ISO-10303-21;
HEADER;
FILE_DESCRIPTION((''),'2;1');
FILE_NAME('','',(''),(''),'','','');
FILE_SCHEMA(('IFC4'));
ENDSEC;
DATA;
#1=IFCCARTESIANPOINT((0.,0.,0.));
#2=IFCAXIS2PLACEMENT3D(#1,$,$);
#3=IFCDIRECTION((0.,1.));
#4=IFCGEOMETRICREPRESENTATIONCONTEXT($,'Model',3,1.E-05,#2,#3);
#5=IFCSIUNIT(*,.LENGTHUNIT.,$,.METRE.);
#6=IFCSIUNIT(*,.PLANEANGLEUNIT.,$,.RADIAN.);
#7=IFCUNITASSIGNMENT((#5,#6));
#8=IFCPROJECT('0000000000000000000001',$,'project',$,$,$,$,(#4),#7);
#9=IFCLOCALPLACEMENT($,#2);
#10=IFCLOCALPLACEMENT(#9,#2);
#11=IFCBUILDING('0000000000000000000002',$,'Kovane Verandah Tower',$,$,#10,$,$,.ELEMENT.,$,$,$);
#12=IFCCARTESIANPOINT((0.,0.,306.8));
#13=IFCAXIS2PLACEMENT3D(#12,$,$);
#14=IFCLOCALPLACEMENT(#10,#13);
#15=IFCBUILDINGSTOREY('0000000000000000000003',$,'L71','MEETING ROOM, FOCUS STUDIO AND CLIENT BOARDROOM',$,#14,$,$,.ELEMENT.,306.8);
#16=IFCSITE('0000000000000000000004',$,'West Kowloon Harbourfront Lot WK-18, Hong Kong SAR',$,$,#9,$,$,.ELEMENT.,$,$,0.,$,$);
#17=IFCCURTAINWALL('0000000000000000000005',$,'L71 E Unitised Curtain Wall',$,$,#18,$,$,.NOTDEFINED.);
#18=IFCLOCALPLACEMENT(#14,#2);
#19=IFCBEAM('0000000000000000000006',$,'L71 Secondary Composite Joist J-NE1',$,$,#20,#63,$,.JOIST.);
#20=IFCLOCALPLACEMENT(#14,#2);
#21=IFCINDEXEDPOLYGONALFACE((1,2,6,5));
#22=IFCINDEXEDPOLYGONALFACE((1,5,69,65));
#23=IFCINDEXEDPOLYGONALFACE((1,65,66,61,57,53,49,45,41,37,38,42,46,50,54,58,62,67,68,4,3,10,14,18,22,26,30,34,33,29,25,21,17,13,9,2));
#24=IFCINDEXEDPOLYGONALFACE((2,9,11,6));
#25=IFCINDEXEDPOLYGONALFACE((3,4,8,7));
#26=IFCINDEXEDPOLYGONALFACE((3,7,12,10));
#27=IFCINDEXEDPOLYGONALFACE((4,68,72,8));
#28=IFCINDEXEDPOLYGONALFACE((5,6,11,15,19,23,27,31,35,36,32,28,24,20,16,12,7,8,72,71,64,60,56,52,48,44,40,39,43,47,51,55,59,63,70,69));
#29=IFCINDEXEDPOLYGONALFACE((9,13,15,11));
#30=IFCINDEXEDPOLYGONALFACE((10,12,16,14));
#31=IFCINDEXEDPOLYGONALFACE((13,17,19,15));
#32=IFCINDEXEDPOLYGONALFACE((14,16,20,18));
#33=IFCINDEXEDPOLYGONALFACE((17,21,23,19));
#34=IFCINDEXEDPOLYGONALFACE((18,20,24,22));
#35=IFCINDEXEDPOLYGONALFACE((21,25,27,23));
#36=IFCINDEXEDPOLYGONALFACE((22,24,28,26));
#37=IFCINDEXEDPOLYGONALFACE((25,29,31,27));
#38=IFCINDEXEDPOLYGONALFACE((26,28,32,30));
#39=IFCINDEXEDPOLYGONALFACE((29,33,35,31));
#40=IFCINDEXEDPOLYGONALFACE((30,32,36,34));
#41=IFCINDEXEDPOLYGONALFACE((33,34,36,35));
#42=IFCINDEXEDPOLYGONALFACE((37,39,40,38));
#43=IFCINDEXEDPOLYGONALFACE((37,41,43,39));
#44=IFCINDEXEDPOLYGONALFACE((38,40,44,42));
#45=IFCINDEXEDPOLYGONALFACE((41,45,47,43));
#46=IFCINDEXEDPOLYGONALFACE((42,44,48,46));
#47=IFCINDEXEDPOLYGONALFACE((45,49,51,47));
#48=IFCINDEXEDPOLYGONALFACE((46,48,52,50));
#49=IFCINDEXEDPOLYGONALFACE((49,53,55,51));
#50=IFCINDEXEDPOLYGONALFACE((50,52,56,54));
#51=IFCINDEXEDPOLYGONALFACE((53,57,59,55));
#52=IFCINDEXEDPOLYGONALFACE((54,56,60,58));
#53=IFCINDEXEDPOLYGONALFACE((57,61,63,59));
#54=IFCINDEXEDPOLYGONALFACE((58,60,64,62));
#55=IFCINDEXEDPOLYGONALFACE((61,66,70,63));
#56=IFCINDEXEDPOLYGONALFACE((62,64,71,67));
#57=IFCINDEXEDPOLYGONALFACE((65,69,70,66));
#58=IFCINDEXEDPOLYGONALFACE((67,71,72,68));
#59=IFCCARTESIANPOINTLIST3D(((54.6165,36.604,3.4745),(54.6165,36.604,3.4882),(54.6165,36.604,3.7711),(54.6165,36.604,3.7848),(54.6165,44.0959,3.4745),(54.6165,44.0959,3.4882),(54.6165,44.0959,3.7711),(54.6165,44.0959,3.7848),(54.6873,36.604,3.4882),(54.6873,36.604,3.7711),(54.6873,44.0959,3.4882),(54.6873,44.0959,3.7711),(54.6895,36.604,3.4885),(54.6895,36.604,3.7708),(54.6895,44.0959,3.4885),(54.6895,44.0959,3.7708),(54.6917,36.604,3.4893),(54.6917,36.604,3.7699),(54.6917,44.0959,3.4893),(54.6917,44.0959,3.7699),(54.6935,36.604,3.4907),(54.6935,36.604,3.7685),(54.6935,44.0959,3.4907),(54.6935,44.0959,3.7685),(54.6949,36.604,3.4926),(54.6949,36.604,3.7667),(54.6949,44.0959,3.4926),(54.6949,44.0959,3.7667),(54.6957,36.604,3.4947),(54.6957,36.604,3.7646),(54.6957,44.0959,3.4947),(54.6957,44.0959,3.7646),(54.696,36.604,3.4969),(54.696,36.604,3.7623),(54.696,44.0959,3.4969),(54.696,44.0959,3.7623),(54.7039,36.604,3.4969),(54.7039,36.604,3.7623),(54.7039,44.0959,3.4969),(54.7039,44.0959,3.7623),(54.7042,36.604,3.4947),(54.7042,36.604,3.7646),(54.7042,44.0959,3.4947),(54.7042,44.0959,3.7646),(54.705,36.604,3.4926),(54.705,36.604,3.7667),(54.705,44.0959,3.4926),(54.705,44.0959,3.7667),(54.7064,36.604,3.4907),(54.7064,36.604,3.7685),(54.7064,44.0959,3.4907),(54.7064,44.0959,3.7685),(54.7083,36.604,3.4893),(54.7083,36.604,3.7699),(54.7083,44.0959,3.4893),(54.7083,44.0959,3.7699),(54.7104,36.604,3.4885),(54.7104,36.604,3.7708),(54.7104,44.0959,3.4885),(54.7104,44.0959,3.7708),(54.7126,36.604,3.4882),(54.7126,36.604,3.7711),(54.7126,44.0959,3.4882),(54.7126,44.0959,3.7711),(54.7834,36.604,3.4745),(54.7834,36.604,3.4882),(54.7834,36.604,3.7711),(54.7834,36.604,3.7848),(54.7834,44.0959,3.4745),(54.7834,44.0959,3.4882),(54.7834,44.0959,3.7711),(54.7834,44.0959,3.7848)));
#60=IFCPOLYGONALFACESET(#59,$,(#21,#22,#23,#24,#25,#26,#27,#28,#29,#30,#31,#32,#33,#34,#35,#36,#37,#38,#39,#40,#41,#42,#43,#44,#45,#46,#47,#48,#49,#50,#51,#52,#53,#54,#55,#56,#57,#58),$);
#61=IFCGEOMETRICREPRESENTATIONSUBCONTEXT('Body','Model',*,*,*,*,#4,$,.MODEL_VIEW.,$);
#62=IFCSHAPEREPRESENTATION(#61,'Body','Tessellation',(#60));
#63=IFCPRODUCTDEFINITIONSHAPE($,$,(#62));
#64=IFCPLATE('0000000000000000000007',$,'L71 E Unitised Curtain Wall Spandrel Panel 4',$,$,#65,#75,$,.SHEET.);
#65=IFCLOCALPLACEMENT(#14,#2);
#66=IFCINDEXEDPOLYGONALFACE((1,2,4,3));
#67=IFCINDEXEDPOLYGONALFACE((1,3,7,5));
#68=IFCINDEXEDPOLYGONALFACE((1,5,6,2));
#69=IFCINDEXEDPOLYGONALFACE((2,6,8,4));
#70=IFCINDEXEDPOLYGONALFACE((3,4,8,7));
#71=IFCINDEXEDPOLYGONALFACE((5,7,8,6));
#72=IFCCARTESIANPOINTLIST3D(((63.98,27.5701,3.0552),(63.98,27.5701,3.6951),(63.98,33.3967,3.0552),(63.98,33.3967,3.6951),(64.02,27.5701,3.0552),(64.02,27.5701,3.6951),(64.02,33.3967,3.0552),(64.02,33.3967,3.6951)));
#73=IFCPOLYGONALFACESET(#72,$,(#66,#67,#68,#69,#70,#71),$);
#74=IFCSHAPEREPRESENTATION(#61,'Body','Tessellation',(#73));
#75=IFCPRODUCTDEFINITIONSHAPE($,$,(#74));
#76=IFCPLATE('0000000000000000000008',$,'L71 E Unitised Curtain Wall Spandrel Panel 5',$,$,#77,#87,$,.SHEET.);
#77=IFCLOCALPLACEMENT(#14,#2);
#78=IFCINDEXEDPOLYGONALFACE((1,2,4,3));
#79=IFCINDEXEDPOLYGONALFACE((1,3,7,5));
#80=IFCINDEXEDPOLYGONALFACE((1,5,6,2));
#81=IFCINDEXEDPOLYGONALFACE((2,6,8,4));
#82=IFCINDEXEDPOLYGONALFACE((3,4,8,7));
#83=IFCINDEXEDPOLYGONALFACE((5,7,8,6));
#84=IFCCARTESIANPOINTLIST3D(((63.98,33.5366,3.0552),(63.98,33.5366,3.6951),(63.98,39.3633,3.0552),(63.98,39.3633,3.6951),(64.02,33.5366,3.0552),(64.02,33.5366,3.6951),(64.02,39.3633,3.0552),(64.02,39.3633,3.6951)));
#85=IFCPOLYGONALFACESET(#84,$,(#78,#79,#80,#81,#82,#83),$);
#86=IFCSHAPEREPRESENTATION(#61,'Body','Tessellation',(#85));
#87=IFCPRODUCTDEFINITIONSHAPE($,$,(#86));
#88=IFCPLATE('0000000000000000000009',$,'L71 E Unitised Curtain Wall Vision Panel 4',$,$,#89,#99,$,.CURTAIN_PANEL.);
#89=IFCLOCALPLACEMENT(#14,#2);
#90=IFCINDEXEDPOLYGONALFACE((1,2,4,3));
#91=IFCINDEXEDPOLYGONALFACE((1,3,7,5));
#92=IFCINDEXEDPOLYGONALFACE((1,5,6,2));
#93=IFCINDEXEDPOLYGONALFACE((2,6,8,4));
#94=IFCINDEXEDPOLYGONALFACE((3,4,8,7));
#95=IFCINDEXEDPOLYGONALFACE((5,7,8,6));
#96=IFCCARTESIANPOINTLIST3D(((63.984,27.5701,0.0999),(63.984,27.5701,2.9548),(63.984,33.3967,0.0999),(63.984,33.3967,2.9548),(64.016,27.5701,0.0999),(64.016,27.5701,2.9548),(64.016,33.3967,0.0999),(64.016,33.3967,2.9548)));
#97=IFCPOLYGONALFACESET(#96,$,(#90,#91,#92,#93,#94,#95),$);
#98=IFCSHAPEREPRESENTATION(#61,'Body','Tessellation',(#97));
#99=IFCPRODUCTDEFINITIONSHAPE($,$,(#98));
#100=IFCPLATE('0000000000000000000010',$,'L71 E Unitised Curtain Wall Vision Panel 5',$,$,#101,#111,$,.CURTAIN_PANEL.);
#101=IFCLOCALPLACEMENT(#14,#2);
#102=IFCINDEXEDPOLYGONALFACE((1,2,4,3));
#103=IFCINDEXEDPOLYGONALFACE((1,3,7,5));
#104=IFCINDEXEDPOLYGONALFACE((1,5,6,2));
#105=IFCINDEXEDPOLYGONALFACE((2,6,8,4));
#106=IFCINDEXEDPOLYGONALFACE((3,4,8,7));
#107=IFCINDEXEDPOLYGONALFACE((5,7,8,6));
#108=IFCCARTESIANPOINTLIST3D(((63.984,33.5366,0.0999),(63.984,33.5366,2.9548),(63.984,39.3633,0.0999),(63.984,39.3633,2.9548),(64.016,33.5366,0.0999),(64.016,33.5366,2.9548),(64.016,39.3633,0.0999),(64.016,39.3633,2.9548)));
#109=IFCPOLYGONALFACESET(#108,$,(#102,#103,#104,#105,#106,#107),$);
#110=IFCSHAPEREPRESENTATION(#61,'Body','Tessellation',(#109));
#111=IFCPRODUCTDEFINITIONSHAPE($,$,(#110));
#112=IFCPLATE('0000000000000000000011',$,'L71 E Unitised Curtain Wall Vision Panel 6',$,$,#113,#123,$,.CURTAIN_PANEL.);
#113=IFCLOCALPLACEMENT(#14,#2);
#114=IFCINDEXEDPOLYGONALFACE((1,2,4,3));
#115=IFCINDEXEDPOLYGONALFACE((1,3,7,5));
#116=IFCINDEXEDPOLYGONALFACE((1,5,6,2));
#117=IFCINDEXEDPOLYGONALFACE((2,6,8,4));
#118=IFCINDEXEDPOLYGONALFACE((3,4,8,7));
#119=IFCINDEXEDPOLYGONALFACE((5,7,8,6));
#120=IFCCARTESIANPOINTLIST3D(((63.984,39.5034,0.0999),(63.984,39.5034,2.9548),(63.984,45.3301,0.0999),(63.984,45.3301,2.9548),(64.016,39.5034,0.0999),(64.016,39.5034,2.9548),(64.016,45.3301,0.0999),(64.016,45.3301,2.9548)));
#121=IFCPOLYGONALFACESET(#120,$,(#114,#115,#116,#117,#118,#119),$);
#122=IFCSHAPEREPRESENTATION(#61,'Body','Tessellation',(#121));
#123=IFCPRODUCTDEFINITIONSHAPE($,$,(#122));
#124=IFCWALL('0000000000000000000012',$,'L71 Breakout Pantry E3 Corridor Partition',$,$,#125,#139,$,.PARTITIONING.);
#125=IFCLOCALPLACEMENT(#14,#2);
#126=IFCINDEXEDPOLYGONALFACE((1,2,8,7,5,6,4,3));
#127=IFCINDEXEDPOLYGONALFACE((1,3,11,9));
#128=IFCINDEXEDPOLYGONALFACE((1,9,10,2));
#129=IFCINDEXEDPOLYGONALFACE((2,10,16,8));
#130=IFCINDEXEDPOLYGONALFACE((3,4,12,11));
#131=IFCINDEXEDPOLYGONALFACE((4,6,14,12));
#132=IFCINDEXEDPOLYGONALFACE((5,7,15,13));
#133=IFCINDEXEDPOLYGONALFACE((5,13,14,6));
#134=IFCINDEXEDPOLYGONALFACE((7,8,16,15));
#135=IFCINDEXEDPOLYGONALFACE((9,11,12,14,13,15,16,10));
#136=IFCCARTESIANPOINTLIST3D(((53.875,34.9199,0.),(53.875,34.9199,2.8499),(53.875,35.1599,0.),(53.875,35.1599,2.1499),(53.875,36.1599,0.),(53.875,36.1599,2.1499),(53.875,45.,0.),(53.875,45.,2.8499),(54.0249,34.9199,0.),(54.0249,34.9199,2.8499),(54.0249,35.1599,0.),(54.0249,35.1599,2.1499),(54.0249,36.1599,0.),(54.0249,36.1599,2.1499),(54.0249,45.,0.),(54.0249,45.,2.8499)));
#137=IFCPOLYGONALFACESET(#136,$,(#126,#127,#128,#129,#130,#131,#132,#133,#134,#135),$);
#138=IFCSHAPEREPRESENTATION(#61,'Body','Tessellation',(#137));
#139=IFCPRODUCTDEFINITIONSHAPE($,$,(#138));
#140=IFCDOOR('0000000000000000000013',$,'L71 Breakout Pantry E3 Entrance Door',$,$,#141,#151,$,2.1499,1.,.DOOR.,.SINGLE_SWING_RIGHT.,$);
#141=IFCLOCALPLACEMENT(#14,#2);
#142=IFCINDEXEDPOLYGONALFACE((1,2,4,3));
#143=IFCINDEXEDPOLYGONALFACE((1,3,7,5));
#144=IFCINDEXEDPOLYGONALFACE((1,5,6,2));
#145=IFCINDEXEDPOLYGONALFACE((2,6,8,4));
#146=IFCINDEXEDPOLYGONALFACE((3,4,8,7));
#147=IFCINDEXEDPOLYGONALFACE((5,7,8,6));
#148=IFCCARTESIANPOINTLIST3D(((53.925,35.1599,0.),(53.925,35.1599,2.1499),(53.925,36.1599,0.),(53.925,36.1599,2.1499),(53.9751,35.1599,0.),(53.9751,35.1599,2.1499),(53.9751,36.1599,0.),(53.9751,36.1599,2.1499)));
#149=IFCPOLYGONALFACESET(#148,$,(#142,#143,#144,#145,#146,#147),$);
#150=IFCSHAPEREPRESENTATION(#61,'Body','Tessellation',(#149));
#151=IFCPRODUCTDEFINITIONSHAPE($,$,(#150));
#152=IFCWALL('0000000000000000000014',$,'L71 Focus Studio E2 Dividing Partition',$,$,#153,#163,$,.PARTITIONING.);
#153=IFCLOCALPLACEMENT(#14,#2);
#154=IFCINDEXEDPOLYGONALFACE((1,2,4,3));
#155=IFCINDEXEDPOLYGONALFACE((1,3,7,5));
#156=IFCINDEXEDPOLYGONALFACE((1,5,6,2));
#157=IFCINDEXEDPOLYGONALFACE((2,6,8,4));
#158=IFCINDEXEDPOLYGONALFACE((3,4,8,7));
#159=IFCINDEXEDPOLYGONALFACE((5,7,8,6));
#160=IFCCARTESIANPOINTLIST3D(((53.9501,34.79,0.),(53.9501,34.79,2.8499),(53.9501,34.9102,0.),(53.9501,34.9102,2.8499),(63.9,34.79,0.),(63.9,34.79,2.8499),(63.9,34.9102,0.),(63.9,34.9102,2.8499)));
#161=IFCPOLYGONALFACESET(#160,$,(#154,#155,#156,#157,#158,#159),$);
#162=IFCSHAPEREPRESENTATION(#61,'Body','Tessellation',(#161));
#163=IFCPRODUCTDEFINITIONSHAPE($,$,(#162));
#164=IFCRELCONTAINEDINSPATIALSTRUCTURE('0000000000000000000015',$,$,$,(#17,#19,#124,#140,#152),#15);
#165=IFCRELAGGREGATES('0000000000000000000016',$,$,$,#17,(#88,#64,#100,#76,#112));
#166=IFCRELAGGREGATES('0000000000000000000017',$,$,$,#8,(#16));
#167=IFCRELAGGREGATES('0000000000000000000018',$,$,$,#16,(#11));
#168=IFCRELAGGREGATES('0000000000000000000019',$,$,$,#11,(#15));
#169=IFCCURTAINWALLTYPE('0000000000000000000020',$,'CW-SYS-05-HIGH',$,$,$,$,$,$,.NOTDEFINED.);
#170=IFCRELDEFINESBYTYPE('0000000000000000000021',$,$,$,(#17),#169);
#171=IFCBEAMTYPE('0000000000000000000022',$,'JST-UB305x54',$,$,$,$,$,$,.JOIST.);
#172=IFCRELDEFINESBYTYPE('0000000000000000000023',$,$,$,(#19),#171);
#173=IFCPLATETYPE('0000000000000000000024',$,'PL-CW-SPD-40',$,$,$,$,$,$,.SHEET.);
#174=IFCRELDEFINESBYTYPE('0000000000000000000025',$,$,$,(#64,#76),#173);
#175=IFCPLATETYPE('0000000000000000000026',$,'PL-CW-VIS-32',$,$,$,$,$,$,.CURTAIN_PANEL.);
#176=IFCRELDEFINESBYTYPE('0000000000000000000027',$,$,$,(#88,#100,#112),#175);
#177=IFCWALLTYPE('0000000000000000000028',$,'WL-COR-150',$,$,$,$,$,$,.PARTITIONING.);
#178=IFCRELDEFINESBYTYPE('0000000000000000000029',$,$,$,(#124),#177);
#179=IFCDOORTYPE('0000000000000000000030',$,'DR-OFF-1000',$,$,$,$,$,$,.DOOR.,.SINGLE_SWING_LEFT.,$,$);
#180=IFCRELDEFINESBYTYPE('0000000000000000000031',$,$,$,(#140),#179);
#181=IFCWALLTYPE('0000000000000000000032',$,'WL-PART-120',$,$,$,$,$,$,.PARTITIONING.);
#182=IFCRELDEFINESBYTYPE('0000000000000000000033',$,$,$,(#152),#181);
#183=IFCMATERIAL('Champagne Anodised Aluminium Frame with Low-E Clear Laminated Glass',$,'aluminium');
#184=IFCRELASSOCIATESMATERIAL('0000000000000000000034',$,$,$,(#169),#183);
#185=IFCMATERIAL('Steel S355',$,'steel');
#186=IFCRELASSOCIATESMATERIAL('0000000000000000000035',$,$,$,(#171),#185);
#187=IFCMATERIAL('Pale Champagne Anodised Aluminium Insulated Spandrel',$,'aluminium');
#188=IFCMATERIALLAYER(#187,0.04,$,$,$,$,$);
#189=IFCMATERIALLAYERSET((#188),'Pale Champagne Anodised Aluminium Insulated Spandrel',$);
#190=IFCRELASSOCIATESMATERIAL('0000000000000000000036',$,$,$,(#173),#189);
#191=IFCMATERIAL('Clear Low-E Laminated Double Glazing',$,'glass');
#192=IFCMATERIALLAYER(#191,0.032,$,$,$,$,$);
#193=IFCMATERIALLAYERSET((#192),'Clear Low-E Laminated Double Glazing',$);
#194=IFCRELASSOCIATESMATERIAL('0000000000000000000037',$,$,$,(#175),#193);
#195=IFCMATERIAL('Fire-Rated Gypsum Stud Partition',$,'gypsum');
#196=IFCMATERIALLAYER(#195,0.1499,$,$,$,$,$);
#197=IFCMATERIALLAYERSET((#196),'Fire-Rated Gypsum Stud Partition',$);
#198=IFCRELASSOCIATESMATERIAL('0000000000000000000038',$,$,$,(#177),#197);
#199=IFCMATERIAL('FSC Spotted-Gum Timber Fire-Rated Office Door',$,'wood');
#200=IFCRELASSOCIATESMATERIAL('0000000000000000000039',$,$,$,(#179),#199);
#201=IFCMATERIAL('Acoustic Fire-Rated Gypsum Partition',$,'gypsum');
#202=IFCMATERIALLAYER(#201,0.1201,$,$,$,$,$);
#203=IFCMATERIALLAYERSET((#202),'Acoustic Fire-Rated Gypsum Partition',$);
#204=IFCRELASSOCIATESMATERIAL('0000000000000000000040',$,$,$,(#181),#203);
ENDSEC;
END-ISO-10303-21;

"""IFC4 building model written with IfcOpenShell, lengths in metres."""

from ifc_helpers import new_model, si_unit, direction, frame, frame_2d, origin, origin_2d, place, context, subcontext, project, spatial, rectangle, i_section, extrude, material, layer, layer_set, material_profile, profile_set, type_object, element, fill, aggregate, save


model = new_model("IFC4")

# Units and contexts
model_context = context("Model", 3, precision=1e-05, world=origin(), true_north=direction((0.0, 1.0)))
body_context = subcontext(model_context, "Body", "Model", "MODEL_VIEW")
ifc_project = project(units=[si_unit("LENGTHUNIT", "METRE"), si_unit("PLANEANGLEUNIT", "RADIAN")], contexts=[model_context])

# Site, building, storey
site_placement = place(None, origin())
site = spatial("IfcSite", under=ifc_project, at=site_placement, Name="West Kowloon Harbourfront Lot WK-18, Hong Kong SAR", CompositionType="ELEMENT", RefElevation=0.0)
building_placement = place(site_placement, origin())
building = spatial("IfcBuilding", under=site, at=building_placement, Name="Kovane Verandah Tower", CompositionType="ELEMENT")
storey_placement = place(building_placement, frame((0.0, 0.0, 306.8)))
storey = spatial("IfcBuildingStorey", under=building, at=storey_placement, Name="L71", Description="MEETING ROOM, FOCUS STUDIO AND CLIENT BOARDROOM", CompositionType="ELEMENT", Elevation=306.8)

# Shared definitions
ifc_material_1 = material(Name="Steel S355", Category="steel")

# Curtain wall
ifc_material_2 = material(Name="Champagne Anodised Aluminium Frame with Low-E Clear Laminated Glass", Category="aluminium")
curtain_wall_type = type_object("IfcCurtainWallType", Name="CW-SYS-05-HIGH", PredefinedType="NOTDEFINED", material=ifc_material_2)
curtain_wall_placement = place(storey_placement, origin())
curtain_wall = element("IfcCurtainWall", 1, at=curtain_wall_placement, inside=storey, type_object=curtain_wall_type, Name="L71 E Unitised Curtain Wall", PredefinedType="NOTDEFINED")

# Beam
ifc_material_profile_1 = material_profile(ifc_material_1, i_section(OverallWidth=0.167, OverallDepth=0.3103, WebThickness=0.0078, FlangeThickness=0.0137, FilletRadius=0.0088, at=origin_2d()), Name="UB305x165x54")
ifc_profile_set_1 = profile_set([ifc_material_profile_1], Name="Steel S355")
beam_type_1 = type_object("IfcBeamType", Name="JST-UB305x54", PredefinedType="JOIST", material=ifc_profile_set_1)
beam_1_placement = place(storey_placement, frame((54.7, 36.604, 3.6296), z_axis=(0.0, 1.0, 0.0), x_axis=(-1.0, 0.0, 0.0)))
element("IfcBeam", 2, at=beam_1_placement, inside=storey, type_object=beam_type_1, Name="L71 Secondary Composite Joist J-NE1", PredefinedType="JOIST", context=body_context, shape_type="SweptSolid", body=[
    extrude(i_section(OverallWidth=0.167, OverallDepth=0.3103, WebThickness=0.0078, FlangeThickness=0.0137, FilletRadius=0.0088, at=origin_2d()), origin(), (0.0, 0.0, 1.0), 7.4919),
])

# Plates
ifc_material_3 = material(Name="Pale Champagne Anodised Aluminium Insulated Spandrel", Category="aluminium")
ifc_layer_1 = layer(ifc_material_3, 0.04)
ifc_layer_set_1 = layer_set([ifc_layer_1], Name="Pale Champagne Anodised Aluminium Insulated Spandrel")
plate_type_1 = type_object("IfcPlateType", Name="PL-CW-SPD-40", PredefinedType="SHEET", material=ifc_layer_set_1)
plate_1_placement = place(storey_placement, frame((64.0, 30.4834, 3.0552), z_axis=(0.0, 0.0, 1.0), x_axis=(0.0, 1.0, 0.0)))
plate_1 = element("IfcPlate", 3, at=plate_1_placement, type_object=plate_type_1, Name="L71 E Unitised Curtain Wall Spandrel Panel 4", PredefinedType="SHEET", context=body_context, shape_type="SweptSolid", body=[
    extrude(rectangle(XDim=5.8267, YDim=0.04, at=origin_2d()), origin(), (0.0, 0.0, 1.0), 0.6399),
])
plate_2_placement = place(storey_placement, frame((64.0, 36.45, 3.0552), z_axis=(0.0, 0.0, 1.0), x_axis=(0.0, 1.0, 0.0)))
plate_2 = element("IfcPlate", 4, at=plate_2_placement, type_object=plate_type_1, Name="L71 E Unitised Curtain Wall Spandrel Panel 5", PredefinedType="SHEET", context=body_context, shape_type="SweptSolid", body=[
    extrude(rectangle(XDim=5.8267, YDim=0.04, at=origin_2d()), origin(), (0.0, 0.0, 1.0), 0.6399),
])
ifc_material_4 = material(Name="Clear Low-E Laminated Double Glazing", Category="glass")
ifc_layer_2 = layer(ifc_material_4, 0.032)
ifc_layer_set_2 = layer_set([ifc_layer_2], Name="Clear Low-E Laminated Double Glazing")
plate_type_2 = type_object("IfcPlateType", Name="PL-CW-VIS-32", PredefinedType="CURTAIN_PANEL", material=ifc_layer_set_2)
plate_3_placement = place(storey_placement, frame((64.0, 30.4834, 0.0999), z_axis=(0.0, 0.0, 1.0), x_axis=(0.0, 1.0, 0.0)))
plate_3 = element("IfcPlate", 5, at=plate_3_placement, type_object=plate_type_2, Name="L71 E Unitised Curtain Wall Vision Panel 4", PredefinedType="CURTAIN_PANEL", context=body_context, shape_type="SweptSolid", body=[
    extrude(rectangle(XDim=5.8267, YDim=0.032, at=origin_2d()), origin(), (0.0, 0.0, 1.0), 2.855),
])
plate_4_placement = place(storey_placement, frame((64.0, 36.45, 0.0999), z_axis=(0.0, 0.0, 1.0), x_axis=(0.0, 1.0, 0.0)))
plate_4 = element("IfcPlate", 6, at=plate_4_placement, type_object=plate_type_2, Name="L71 E Unitised Curtain Wall Vision Panel 5", PredefinedType="CURTAIN_PANEL", context=body_context, shape_type="SweptSolid", body=[
    extrude(rectangle(XDim=5.8267, YDim=0.032, at=origin_2d()), origin(), (0.0, 0.0, 1.0), 2.855),
])
plate_5_placement = place(storey_placement, frame((64.0, 42.4167, 0.0999), z_axis=(0.0, 0.0, 1.0), x_axis=(0.0, 1.0, 0.0)))
plate_5 = element("IfcPlate", 7, at=plate_5_placement, type_object=plate_type_2, Name="L71 E Unitised Curtain Wall Vision Panel 6", PredefinedType="CURTAIN_PANEL", context=body_context, shape_type="SweptSolid", body=[
    extrude(rectangle(XDim=5.8267, YDim=0.032, at=origin_2d()), origin(), (0.0, 0.0, 1.0), 2.855),
])
aggregate(curtain_wall, [plate_3, plate_1, plate_4, plate_2, plate_5])

# Wall, opening, door
ifc_material_5 = material(Name="Fire-Rated Gypsum Stud Partition", Category="gypsum")
ifc_layer_3 = layer(ifc_material_5, 0.1499)
ifc_layer_set_3 = layer_set([ifc_layer_3], Name="Fire-Rated Gypsum Stud Partition")
wall_type_1 = type_object("IfcWallType", Name="WL-COR-150", PredefinedType="PARTITIONING", material=ifc_layer_set_3)
wall_1_placement = place(storey_placement, frame((53.95, 34.9199, 0.0), z_axis=(0.0, 0.0, 1.0), x_axis=(0.0, 1.0, 0.0)))
wall_1 = element("IfcWall", 8, at=wall_1_placement, inside=storey, type_object=wall_type_1, Name="L71 Breakout Pantry E3 Corridor Partition", PredefinedType="PARTITIONING", context=body_context, shape_type="SweptSolid", body=[
    extrude(rectangle(XDim=10.0801, YDim=0.1499, at=frame_2d((5.04, 0.0))), origin(), (0.0, 0.0, 1.0), 2.8499),
])
opening_placement = place(wall_1_placement, frame((0.24, 0.0, 0.0)))
opening = element("IfcOpeningElement", 9, at=opening_placement, cuts=wall_1, PredefinedType="OPENING", context=body_context, shape_type="SweptSolid", body=[
    extrude(rectangle(XDim=1.0, YDim=2.1499, at=frame_2d((0.5, 1.075))), frame((0.0, 0.075, 0.0), z_axis=(0.0, -1.0, 0.0), x_axis=(1.0, 0.0, 0.0)), (0.0, 0.0, 1.0), 0.1499),
])
ifc_material_6 = material(Name="FSC Spotted-Gum Timber Fire-Rated Office Door", Category="wood")
door_type = type_object("IfcDoorType", Name="DR-OFF-1000", OperationType="SINGLE_SWING_LEFT", PredefinedType="DOOR", material=ifc_material_6)
door_placement = place(opening_placement, origin())
door = element("IfcDoor", 10, at=door_placement, inside=storey, type_object=door_type, Name="L71 Breakout Pantry E3 Entrance Door", OperationType="SINGLE_SWING_RIGHT", OverallHeight=2.1499, OverallWidth=1.0, PredefinedType="DOOR", context=body_context, shape_type="SweptSolid", body=[
    extrude(rectangle(XDim=1.0, YDim=2.1499, at=frame_2d((0.5, 1.075))), frame((0.0, 0.0249, 0.0), z_axis=(0.0, -1.0, 0.0), x_axis=(1.0, 0.0, 0.0)), (0.0, 0.0, 1.0), 0.05),
])
fill(opening, door)

# Wall
ifc_material_7 = material(Name="Acoustic Fire-Rated Gypsum Partition", Category="gypsum")
ifc_layer_4 = layer(ifc_material_7, 0.1201)
ifc_layer_set_4 = layer_set([ifc_layer_4], Name="Acoustic Fire-Rated Gypsum Partition")
wall_type_2 = type_object("IfcWallType", Name="WL-PART-120", PredefinedType="PARTITIONING", material=ifc_layer_set_4)
wall_2_placement = place(storey_placement, frame((53.95, 34.8501, 0.0), z_axis=(0.0, 0.0, 1.0), x_axis=(1.0, 0.0, 0.0)))
element("IfcWall", 11, at=wall_2_placement, inside=storey, type_object=wall_type_2, Name="L71 Focus Studio E2 Dividing Partition", PredefinedType="PARTITIONING", context=body_context, shape_type="SweptSolid", body=[
    extrude(rectangle(XDim=9.95, YDim=0.1201, at=frame_2d((4.9751, 0.0))), origin(), (0.0, 0.0, 1.0), 2.8499),
])

save(model, "model.ifc")
